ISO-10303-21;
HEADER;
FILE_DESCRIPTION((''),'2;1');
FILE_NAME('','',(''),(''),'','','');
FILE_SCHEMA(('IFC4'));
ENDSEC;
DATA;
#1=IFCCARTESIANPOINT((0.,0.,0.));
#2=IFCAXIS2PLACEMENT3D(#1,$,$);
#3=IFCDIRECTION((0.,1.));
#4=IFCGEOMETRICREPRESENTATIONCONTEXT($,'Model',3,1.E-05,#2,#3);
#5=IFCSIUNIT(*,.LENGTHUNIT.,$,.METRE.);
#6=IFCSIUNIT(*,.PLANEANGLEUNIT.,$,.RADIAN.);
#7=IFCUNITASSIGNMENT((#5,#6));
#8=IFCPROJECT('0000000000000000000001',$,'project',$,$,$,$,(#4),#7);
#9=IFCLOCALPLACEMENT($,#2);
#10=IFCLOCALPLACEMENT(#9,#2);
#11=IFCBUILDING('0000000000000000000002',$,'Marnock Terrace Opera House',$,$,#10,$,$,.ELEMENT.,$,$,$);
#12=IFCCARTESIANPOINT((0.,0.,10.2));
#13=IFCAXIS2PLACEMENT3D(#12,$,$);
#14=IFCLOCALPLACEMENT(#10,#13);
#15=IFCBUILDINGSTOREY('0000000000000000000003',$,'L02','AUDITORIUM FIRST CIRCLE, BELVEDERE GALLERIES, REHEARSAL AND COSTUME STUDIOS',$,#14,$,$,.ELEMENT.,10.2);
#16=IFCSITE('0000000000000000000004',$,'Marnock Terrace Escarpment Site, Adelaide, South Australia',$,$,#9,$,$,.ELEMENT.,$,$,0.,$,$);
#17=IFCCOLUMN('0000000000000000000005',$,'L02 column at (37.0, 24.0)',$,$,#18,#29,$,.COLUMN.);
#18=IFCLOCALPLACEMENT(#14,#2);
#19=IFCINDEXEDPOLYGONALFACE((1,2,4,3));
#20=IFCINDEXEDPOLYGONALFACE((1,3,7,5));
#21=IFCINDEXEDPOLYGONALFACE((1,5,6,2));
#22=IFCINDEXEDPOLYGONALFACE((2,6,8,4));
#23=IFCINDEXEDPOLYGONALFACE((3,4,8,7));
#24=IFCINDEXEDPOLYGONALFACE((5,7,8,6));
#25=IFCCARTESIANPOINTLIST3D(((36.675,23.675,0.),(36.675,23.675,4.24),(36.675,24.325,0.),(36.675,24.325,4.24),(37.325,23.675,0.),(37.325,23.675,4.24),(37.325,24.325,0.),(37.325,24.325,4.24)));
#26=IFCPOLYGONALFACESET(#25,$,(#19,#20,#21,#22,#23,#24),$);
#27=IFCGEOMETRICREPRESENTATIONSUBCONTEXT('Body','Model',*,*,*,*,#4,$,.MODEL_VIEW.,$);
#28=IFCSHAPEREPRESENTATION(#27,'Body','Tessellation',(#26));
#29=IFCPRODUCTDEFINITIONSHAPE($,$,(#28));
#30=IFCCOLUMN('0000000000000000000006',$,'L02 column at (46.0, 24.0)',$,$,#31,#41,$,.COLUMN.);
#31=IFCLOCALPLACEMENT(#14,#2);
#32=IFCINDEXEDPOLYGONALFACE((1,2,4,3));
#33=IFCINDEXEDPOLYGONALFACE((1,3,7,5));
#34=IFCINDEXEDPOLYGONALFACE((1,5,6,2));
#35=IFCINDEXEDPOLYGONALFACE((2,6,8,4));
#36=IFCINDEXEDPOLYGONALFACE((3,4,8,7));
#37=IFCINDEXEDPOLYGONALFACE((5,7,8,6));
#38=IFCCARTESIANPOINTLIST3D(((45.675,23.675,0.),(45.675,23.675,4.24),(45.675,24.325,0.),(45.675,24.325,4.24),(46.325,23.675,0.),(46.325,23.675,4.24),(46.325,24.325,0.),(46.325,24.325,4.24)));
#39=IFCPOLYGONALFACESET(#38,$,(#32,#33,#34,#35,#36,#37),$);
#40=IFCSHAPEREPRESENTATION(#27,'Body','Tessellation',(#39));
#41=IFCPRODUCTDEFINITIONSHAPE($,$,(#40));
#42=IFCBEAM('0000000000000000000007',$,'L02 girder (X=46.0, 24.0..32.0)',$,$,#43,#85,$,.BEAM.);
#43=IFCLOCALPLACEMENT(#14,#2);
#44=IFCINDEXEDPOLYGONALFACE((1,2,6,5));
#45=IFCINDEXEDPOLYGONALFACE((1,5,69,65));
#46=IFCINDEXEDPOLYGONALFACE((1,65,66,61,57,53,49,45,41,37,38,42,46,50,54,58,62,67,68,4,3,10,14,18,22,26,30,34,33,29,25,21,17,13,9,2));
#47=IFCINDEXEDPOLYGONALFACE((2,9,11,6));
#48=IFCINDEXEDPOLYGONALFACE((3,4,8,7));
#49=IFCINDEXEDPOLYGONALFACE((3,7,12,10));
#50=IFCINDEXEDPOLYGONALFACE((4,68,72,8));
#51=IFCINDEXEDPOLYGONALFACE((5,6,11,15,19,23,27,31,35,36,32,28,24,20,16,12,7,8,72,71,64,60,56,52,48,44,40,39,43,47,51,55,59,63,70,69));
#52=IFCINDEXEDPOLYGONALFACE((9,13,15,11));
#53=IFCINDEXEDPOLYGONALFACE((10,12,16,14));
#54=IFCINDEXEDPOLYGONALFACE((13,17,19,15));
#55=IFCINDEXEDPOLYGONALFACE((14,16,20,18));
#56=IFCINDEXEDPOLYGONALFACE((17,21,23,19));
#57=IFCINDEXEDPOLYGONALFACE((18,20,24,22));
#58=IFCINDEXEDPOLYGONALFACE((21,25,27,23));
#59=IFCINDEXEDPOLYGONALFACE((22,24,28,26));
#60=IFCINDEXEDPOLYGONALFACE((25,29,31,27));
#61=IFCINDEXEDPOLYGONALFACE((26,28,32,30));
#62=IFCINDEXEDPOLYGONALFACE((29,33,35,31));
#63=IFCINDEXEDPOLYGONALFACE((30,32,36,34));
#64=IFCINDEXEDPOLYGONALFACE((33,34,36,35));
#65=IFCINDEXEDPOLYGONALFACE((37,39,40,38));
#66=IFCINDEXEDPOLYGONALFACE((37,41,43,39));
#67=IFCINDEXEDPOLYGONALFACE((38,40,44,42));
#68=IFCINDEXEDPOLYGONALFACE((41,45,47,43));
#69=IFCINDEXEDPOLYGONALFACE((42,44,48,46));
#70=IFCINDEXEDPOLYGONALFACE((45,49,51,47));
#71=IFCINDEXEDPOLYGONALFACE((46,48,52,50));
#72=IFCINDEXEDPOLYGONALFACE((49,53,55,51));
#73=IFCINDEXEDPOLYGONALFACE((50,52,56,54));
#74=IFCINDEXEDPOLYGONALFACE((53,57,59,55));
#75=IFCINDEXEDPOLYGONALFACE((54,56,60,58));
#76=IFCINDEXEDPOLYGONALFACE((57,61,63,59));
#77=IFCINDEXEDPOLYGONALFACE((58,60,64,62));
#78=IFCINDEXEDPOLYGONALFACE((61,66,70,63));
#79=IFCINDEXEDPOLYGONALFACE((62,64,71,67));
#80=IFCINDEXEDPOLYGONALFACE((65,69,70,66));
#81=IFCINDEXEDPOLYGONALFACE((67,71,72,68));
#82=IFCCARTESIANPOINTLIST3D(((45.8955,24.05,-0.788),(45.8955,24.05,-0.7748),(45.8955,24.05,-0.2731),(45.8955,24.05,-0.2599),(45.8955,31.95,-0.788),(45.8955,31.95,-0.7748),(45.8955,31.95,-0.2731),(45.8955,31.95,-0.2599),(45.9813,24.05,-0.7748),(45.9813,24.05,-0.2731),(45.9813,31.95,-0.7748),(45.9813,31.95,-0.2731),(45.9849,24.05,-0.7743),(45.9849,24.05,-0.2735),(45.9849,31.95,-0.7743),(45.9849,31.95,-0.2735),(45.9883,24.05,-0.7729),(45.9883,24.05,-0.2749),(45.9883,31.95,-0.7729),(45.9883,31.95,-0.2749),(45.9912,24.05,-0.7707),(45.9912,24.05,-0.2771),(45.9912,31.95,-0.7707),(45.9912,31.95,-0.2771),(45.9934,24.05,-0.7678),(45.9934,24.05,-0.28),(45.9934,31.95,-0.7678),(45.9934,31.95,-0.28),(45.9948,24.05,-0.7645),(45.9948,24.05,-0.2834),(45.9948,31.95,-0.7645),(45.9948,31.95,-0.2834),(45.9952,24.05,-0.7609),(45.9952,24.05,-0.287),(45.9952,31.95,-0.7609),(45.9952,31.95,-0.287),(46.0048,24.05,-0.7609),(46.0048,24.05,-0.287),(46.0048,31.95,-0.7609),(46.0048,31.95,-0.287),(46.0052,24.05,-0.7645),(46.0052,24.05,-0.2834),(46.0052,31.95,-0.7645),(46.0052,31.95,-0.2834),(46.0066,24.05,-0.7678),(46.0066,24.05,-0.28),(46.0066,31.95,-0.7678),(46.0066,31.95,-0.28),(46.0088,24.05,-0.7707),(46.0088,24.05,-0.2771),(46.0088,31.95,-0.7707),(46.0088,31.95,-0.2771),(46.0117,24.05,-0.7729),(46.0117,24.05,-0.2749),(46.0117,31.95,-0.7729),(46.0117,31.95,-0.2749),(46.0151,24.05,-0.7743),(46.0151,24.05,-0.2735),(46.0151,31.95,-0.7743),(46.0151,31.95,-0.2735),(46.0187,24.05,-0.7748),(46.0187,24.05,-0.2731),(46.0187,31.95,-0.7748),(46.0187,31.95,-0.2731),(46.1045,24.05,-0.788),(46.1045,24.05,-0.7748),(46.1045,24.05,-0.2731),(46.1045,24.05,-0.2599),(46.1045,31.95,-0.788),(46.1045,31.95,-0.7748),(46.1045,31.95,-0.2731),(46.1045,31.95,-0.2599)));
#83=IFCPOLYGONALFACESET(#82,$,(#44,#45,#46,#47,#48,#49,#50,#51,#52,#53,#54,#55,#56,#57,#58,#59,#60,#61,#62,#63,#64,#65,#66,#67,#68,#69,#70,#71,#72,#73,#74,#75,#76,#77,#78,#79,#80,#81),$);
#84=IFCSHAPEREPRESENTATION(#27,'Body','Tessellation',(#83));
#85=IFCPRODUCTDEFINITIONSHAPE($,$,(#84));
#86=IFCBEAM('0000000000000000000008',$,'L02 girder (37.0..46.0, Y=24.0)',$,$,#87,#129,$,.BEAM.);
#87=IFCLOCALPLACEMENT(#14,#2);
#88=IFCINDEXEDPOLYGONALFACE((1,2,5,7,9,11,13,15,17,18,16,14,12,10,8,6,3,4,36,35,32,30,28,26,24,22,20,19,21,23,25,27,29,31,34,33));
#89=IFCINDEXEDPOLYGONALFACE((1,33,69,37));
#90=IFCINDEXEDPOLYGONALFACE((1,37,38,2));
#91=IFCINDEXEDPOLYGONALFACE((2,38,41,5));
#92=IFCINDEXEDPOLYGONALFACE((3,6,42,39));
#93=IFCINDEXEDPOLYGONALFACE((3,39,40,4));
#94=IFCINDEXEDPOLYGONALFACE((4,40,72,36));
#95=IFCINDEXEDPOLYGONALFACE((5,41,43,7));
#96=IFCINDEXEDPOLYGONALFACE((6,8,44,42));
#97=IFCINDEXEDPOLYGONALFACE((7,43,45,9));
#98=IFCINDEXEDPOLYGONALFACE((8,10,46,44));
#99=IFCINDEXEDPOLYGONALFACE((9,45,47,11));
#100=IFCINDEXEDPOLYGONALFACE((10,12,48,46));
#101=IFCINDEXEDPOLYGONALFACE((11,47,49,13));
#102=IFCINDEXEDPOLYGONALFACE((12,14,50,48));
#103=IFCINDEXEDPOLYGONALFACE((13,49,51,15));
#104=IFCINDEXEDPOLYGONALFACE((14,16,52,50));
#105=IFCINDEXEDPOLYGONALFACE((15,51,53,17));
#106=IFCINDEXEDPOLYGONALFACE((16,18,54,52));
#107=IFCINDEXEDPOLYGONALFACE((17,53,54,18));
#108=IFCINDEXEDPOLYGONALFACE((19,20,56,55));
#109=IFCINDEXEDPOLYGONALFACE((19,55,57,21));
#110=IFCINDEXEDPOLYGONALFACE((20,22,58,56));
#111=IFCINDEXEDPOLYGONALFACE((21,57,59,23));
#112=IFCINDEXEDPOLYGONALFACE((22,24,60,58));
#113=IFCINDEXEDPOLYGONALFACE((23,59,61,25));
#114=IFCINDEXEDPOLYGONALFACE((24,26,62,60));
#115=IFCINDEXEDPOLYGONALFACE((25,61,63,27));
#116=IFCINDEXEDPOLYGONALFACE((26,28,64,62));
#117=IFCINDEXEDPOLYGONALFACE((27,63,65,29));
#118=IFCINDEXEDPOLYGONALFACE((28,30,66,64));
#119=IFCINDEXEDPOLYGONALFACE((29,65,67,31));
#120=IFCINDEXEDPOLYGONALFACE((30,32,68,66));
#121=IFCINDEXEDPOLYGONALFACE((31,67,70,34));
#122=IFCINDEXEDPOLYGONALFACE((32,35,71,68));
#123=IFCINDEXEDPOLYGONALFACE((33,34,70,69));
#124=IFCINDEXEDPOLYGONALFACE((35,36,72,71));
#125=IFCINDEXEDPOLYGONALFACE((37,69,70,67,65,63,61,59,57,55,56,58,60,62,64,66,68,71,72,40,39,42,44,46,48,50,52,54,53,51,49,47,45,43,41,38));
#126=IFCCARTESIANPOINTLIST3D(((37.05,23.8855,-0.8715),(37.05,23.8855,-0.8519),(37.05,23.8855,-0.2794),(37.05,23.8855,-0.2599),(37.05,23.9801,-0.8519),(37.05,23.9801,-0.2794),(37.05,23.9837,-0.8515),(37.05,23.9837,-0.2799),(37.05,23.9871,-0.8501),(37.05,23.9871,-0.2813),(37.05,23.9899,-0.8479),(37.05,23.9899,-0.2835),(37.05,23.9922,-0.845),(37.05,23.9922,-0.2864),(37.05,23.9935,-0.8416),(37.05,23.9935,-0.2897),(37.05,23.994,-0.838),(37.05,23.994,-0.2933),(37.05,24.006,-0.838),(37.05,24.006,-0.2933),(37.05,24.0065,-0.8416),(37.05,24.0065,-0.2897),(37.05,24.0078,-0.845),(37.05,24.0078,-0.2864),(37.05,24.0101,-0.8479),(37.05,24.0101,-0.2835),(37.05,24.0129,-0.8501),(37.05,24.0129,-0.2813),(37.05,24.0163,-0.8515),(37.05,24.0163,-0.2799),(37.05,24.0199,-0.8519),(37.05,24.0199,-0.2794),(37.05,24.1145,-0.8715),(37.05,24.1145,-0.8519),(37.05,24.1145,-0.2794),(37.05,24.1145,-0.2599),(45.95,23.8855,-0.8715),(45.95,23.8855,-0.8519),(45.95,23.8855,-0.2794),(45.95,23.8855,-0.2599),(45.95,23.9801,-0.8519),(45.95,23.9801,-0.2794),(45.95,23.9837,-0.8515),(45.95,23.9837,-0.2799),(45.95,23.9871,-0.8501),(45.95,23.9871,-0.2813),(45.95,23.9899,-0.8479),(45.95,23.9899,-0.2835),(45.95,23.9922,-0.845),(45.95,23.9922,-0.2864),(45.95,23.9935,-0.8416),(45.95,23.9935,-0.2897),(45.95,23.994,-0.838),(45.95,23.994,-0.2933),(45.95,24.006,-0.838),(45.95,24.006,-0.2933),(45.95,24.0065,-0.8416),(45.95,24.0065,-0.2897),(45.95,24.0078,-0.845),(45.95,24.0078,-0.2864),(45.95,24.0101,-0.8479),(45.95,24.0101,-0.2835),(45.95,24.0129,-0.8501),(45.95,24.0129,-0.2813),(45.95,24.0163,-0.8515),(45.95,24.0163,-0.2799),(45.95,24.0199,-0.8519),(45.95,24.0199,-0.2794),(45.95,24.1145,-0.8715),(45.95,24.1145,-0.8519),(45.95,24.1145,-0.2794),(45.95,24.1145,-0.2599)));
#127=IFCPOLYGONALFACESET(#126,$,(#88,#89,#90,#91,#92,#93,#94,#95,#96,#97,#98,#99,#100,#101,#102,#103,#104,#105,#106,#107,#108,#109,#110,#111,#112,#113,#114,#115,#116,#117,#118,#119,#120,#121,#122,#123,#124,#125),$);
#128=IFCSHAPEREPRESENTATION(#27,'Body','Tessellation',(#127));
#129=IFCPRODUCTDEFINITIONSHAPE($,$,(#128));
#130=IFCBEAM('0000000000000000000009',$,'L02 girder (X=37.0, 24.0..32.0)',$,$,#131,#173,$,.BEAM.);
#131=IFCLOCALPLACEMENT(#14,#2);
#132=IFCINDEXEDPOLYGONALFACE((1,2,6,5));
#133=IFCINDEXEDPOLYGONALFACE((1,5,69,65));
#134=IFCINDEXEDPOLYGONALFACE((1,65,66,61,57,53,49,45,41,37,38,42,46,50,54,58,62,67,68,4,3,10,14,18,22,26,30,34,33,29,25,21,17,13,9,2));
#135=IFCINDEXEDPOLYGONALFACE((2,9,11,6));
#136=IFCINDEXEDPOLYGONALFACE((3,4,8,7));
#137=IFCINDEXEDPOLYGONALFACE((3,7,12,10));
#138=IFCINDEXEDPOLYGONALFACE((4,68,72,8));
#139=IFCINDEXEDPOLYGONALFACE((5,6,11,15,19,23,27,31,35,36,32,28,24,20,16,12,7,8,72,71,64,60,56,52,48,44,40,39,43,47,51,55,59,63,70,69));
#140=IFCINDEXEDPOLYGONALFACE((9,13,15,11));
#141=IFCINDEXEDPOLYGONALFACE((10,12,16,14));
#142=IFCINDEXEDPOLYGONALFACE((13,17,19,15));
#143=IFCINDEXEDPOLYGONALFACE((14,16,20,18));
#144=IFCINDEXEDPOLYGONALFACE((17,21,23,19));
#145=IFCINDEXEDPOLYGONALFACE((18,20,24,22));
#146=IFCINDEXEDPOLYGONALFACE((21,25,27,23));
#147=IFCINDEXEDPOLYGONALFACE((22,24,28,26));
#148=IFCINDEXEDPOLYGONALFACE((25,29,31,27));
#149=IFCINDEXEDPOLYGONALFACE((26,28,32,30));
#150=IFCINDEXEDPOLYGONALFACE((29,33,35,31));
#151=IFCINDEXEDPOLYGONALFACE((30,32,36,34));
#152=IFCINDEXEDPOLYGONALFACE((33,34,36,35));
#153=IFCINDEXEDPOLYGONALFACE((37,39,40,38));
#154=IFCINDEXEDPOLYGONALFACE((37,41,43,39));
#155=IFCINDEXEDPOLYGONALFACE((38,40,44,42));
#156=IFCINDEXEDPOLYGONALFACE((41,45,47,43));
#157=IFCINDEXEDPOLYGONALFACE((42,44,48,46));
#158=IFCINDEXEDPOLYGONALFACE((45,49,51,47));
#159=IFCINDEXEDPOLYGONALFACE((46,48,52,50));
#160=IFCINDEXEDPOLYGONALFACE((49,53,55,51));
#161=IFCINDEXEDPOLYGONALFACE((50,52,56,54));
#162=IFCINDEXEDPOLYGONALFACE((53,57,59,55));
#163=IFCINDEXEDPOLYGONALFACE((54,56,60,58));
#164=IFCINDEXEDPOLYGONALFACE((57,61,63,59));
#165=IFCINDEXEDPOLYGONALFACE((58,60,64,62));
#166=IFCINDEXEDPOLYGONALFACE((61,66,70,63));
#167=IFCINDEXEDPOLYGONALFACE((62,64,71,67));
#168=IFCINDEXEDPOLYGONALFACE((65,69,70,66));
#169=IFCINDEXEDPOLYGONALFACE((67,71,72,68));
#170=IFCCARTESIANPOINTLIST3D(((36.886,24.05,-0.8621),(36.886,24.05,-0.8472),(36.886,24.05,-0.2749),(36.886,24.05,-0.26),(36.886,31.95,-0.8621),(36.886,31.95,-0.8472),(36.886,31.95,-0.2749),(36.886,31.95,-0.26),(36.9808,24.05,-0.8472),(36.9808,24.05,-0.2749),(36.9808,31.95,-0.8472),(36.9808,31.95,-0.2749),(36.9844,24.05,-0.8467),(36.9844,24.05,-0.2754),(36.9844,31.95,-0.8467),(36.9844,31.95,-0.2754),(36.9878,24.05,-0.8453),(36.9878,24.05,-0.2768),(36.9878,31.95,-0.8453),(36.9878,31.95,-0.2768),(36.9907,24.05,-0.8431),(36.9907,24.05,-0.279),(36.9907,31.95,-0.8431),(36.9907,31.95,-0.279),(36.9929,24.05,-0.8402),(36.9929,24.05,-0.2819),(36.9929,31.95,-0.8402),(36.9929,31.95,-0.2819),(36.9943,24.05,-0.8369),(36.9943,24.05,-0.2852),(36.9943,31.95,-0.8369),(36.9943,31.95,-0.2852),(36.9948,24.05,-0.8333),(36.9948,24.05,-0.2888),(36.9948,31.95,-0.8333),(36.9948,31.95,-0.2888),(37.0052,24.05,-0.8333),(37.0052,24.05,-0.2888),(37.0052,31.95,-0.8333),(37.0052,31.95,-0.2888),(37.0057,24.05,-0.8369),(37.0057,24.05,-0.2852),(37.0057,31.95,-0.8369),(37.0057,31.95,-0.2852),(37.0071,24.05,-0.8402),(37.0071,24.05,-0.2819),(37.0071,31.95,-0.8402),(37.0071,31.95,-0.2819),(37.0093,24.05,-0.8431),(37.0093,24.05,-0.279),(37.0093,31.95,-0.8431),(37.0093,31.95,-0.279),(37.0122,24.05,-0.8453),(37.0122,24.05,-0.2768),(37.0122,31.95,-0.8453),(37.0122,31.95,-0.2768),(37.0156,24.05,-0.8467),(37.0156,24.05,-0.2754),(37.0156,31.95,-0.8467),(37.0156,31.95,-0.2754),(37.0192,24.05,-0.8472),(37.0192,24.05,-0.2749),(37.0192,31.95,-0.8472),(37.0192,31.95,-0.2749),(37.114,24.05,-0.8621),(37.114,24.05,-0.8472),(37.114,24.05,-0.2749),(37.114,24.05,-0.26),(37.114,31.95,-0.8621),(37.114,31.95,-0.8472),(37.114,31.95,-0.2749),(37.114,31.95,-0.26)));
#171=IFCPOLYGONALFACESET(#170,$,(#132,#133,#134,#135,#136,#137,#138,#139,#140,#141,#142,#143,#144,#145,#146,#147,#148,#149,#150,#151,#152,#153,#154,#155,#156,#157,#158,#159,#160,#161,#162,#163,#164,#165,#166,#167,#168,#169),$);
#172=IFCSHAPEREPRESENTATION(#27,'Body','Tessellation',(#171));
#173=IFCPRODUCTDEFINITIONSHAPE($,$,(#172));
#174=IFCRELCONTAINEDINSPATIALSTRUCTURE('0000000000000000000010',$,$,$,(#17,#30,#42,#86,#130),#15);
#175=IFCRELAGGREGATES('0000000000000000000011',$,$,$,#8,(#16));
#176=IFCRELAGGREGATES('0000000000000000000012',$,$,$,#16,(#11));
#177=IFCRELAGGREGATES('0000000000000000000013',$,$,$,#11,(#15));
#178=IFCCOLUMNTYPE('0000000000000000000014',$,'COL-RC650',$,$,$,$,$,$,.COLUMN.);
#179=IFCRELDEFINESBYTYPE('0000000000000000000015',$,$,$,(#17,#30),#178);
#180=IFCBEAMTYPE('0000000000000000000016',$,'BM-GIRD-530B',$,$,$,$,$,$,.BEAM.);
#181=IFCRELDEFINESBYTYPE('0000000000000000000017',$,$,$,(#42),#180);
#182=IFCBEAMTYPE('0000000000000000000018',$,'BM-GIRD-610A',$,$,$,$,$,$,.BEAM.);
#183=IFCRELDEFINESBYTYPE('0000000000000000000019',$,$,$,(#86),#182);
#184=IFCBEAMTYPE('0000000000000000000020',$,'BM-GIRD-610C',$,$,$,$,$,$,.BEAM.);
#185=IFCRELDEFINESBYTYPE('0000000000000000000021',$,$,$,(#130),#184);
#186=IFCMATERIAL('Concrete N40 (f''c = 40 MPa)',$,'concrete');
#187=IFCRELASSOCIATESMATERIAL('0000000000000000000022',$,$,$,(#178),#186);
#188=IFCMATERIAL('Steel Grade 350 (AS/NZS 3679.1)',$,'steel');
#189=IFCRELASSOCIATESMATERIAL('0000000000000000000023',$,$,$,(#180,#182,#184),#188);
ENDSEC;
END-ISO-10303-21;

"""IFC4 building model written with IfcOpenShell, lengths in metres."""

from ifc_helpers import new_model, si_unit, direction, frame, origin, origin_2d, place, context, subcontext, project, spatial, rectangle, i_section, extrude, material, material_profile, profile_set, type_object, element, save


model = new_model("IFC4")

# Units and contexts
model_context = context("Model", 3, precision=1e-05, world=origin(), true_north=direction((0.0, 1.0)))
body_context = subcontext(model_context, "Body", "Model", "MODEL_VIEW")
ifc_project = project(units=[si_unit("LENGTHUNIT", "METRE"), si_unit("PLANEANGLEUNIT", "RADIAN")], contexts=[model_context])

# Site, building, storey
site_placement = place(None, origin())
site = spatial("IfcSite", under=ifc_project, at=site_placement, Name="Marnock Terrace Escarpment Site, Adelaide, South Australia", CompositionType="ELEMENT", RefElevation=0.0)
building_placement = place(site_placement, origin())
building = spatial("IfcBuilding", under=site, at=building_placement, Name="Marnock Terrace Opera House", CompositionType="ELEMENT")
storey_placement = place(building_placement, frame((0.0, 0.0, 10.2)))
storey = spatial("IfcBuildingStorey", under=building, at=storey_placement, Name="L02", Description="AUDITORIUM FIRST CIRCLE, BELVEDERE GALLERIES, REHEARSAL AND COSTUME STUDIOS", CompositionType="ELEMENT", Elevation=10.2)

# Columns
ifc_material_1 = material(Name="Concrete N40 (f'c = 40 MPa)", Category="concrete")
ifc_material_profile_1 = material_profile(ifc_material_1, rectangle(XDim=0.6499, YDim=0.6499, at=origin_2d()))
ifc_profile_set_1 = profile_set([ifc_material_profile_1], Name="Concrete N40 (f'c = 40 MPa)")
column_type = type_object("IfcColumnType", Name="COL-RC650", PredefinedType="COLUMN", material=ifc_profile_set_1)
for number, where, z_axis, x_axis, name in (
    (1, (37.0, 24.0, 0.0), (0.0, 0.0, 1.0), (1.0, 0.0, 0.0), "L02 column at (37.0, 24.0)"),
    (2, (46.0, 24.0, 0.0), (0.0, 0.0, 1.0), (1.0, 0.0, 0.0), "L02 column at (46.0, 24.0)"),
):
    element("IfcColumn", number, at=place(storey_placement, frame(where, z_axis=z_axis, x_axis=x_axis)), inside=storey, type_object=column_type, Name=name, PredefinedType="COLUMN", context=body_context, shape_type="SweptSolid", body=[
        extrude(rectangle(XDim=0.6499, YDim=0.6499, at=origin_2d()), origin(), (0.0, 0.0, 1.0), 4.24),
    ])

# Beams
ifc_material_2 = material(Name="Steel Grade 350 (AS/NZS 3679.1)", Category="steel")
ifc_material_profile_2 = material_profile(ifc_material_2, i_section(OverallWidth=0.209, OverallDepth=0.5281, WebThickness=0.0095, FlangeThickness=0.0132, FilletRadius=0.0139, at=origin_2d()))
ifc_profile_set_2 = profile_set([ifc_material_profile_2], Name="Steel Grade 350 (AS/NZS 3679.1)")
beam_type_1 = type_object("IfcBeamType", Name="BM-GIRD-530B", PredefinedType="BEAM", material=ifc_profile_set_2)
beam_1_placement = place(storey_placement, frame((46.0, 24.05, -0.5239), z_axis=(0.0, 1.0, 0.0), x_axis=(-1.0, 0.0, 0.0)))
element("IfcBeam", 3, at=beam_1_placement, inside=storey, type_object=beam_type_1, Name="L02 girder (X=46.0, 24.0..32.0)", PredefinedType="BEAM", context=body_context, shape_type="SweptSolid", body=[
    extrude(i_section(OverallWidth=0.209, OverallDepth=0.5281, WebThickness=0.0095, FlangeThickness=0.0132, FilletRadius=0.0139, at=origin_2d()), origin(), (0.0, 0.0, 1.0), 7.8999),
])
ifc_material_profile_3 = material_profile(ifc_material_2, i_section(OverallWidth=0.229, OverallDepth=0.6116, WebThickness=0.012, FlangeThickness=0.0195, FilletRadius=0.0139, at=origin_2d()))
ifc_profile_set_3 = profile_set([ifc_material_profile_3], Name="Steel Grade 350 (AS/NZS 3679.1)")
beam_type_2 = type_object("IfcBeamType", Name="BM-GIRD-610A", PredefinedType="BEAM", material=ifc_profile_set_3)
beam_2_placement = place(storey_placement, frame((37.05, 24.0, -0.5657), z_axis=(1.0, 0.0, 0.0), x_axis=(0.0, 1.0, 0.0)))
element("IfcBeam", 4, at=beam_2_placement, inside=storey, type_object=beam_type_2, Name="L02 girder (37.0..46.0, Y=24.0)", PredefinedType="BEAM", context=body_context, shape_type="SweptSolid", body=[
    extrude(i_section(OverallWidth=0.229, OverallDepth=0.6116, WebThickness=0.012, FlangeThickness=0.0195, FilletRadius=0.0139, at=origin_2d()), origin(), (0.0, 0.0, 1.0), 8.8999),
])
ifc_material_profile_4 = material_profile(ifc_material_2, i_section(OverallWidth=0.228, OverallDepth=0.6021, WebThickness=0.0105, FlangeThickness=0.0149, FilletRadius=0.0139, at=origin_2d()))
ifc_profile_set_4 = profile_set([ifc_material_profile_4], Name="Steel Grade 350 (AS/NZS 3679.1)")
beam_type_3 = type_object("IfcBeamType", Name="BM-GIRD-610C", PredefinedType="BEAM", material=ifc_profile_set_4)
beam_3_placement = place(storey_placement, frame((37.0, 24.05, -0.561), z_axis=(0.0, 1.0, 0.0), x_axis=(-1.0, 0.0, 0.0)))
element("IfcBeam", 5, at=beam_3_placement, inside=storey, type_object=beam_type_3, Name="L02 girder (X=37.0, 24.0..32.0)", PredefinedType="BEAM", context=body_context, shape_type="SweptSolid", body=[
    extrude(i_section(OverallWidth=0.228, OverallDepth=0.6021, WebThickness=0.0105, FlangeThickness=0.0149, FilletRadius=0.0139, at=origin_2d()), origin(), (0.0, 0.0, 1.0), 7.8999),
])

save(model, "model.ifc")
